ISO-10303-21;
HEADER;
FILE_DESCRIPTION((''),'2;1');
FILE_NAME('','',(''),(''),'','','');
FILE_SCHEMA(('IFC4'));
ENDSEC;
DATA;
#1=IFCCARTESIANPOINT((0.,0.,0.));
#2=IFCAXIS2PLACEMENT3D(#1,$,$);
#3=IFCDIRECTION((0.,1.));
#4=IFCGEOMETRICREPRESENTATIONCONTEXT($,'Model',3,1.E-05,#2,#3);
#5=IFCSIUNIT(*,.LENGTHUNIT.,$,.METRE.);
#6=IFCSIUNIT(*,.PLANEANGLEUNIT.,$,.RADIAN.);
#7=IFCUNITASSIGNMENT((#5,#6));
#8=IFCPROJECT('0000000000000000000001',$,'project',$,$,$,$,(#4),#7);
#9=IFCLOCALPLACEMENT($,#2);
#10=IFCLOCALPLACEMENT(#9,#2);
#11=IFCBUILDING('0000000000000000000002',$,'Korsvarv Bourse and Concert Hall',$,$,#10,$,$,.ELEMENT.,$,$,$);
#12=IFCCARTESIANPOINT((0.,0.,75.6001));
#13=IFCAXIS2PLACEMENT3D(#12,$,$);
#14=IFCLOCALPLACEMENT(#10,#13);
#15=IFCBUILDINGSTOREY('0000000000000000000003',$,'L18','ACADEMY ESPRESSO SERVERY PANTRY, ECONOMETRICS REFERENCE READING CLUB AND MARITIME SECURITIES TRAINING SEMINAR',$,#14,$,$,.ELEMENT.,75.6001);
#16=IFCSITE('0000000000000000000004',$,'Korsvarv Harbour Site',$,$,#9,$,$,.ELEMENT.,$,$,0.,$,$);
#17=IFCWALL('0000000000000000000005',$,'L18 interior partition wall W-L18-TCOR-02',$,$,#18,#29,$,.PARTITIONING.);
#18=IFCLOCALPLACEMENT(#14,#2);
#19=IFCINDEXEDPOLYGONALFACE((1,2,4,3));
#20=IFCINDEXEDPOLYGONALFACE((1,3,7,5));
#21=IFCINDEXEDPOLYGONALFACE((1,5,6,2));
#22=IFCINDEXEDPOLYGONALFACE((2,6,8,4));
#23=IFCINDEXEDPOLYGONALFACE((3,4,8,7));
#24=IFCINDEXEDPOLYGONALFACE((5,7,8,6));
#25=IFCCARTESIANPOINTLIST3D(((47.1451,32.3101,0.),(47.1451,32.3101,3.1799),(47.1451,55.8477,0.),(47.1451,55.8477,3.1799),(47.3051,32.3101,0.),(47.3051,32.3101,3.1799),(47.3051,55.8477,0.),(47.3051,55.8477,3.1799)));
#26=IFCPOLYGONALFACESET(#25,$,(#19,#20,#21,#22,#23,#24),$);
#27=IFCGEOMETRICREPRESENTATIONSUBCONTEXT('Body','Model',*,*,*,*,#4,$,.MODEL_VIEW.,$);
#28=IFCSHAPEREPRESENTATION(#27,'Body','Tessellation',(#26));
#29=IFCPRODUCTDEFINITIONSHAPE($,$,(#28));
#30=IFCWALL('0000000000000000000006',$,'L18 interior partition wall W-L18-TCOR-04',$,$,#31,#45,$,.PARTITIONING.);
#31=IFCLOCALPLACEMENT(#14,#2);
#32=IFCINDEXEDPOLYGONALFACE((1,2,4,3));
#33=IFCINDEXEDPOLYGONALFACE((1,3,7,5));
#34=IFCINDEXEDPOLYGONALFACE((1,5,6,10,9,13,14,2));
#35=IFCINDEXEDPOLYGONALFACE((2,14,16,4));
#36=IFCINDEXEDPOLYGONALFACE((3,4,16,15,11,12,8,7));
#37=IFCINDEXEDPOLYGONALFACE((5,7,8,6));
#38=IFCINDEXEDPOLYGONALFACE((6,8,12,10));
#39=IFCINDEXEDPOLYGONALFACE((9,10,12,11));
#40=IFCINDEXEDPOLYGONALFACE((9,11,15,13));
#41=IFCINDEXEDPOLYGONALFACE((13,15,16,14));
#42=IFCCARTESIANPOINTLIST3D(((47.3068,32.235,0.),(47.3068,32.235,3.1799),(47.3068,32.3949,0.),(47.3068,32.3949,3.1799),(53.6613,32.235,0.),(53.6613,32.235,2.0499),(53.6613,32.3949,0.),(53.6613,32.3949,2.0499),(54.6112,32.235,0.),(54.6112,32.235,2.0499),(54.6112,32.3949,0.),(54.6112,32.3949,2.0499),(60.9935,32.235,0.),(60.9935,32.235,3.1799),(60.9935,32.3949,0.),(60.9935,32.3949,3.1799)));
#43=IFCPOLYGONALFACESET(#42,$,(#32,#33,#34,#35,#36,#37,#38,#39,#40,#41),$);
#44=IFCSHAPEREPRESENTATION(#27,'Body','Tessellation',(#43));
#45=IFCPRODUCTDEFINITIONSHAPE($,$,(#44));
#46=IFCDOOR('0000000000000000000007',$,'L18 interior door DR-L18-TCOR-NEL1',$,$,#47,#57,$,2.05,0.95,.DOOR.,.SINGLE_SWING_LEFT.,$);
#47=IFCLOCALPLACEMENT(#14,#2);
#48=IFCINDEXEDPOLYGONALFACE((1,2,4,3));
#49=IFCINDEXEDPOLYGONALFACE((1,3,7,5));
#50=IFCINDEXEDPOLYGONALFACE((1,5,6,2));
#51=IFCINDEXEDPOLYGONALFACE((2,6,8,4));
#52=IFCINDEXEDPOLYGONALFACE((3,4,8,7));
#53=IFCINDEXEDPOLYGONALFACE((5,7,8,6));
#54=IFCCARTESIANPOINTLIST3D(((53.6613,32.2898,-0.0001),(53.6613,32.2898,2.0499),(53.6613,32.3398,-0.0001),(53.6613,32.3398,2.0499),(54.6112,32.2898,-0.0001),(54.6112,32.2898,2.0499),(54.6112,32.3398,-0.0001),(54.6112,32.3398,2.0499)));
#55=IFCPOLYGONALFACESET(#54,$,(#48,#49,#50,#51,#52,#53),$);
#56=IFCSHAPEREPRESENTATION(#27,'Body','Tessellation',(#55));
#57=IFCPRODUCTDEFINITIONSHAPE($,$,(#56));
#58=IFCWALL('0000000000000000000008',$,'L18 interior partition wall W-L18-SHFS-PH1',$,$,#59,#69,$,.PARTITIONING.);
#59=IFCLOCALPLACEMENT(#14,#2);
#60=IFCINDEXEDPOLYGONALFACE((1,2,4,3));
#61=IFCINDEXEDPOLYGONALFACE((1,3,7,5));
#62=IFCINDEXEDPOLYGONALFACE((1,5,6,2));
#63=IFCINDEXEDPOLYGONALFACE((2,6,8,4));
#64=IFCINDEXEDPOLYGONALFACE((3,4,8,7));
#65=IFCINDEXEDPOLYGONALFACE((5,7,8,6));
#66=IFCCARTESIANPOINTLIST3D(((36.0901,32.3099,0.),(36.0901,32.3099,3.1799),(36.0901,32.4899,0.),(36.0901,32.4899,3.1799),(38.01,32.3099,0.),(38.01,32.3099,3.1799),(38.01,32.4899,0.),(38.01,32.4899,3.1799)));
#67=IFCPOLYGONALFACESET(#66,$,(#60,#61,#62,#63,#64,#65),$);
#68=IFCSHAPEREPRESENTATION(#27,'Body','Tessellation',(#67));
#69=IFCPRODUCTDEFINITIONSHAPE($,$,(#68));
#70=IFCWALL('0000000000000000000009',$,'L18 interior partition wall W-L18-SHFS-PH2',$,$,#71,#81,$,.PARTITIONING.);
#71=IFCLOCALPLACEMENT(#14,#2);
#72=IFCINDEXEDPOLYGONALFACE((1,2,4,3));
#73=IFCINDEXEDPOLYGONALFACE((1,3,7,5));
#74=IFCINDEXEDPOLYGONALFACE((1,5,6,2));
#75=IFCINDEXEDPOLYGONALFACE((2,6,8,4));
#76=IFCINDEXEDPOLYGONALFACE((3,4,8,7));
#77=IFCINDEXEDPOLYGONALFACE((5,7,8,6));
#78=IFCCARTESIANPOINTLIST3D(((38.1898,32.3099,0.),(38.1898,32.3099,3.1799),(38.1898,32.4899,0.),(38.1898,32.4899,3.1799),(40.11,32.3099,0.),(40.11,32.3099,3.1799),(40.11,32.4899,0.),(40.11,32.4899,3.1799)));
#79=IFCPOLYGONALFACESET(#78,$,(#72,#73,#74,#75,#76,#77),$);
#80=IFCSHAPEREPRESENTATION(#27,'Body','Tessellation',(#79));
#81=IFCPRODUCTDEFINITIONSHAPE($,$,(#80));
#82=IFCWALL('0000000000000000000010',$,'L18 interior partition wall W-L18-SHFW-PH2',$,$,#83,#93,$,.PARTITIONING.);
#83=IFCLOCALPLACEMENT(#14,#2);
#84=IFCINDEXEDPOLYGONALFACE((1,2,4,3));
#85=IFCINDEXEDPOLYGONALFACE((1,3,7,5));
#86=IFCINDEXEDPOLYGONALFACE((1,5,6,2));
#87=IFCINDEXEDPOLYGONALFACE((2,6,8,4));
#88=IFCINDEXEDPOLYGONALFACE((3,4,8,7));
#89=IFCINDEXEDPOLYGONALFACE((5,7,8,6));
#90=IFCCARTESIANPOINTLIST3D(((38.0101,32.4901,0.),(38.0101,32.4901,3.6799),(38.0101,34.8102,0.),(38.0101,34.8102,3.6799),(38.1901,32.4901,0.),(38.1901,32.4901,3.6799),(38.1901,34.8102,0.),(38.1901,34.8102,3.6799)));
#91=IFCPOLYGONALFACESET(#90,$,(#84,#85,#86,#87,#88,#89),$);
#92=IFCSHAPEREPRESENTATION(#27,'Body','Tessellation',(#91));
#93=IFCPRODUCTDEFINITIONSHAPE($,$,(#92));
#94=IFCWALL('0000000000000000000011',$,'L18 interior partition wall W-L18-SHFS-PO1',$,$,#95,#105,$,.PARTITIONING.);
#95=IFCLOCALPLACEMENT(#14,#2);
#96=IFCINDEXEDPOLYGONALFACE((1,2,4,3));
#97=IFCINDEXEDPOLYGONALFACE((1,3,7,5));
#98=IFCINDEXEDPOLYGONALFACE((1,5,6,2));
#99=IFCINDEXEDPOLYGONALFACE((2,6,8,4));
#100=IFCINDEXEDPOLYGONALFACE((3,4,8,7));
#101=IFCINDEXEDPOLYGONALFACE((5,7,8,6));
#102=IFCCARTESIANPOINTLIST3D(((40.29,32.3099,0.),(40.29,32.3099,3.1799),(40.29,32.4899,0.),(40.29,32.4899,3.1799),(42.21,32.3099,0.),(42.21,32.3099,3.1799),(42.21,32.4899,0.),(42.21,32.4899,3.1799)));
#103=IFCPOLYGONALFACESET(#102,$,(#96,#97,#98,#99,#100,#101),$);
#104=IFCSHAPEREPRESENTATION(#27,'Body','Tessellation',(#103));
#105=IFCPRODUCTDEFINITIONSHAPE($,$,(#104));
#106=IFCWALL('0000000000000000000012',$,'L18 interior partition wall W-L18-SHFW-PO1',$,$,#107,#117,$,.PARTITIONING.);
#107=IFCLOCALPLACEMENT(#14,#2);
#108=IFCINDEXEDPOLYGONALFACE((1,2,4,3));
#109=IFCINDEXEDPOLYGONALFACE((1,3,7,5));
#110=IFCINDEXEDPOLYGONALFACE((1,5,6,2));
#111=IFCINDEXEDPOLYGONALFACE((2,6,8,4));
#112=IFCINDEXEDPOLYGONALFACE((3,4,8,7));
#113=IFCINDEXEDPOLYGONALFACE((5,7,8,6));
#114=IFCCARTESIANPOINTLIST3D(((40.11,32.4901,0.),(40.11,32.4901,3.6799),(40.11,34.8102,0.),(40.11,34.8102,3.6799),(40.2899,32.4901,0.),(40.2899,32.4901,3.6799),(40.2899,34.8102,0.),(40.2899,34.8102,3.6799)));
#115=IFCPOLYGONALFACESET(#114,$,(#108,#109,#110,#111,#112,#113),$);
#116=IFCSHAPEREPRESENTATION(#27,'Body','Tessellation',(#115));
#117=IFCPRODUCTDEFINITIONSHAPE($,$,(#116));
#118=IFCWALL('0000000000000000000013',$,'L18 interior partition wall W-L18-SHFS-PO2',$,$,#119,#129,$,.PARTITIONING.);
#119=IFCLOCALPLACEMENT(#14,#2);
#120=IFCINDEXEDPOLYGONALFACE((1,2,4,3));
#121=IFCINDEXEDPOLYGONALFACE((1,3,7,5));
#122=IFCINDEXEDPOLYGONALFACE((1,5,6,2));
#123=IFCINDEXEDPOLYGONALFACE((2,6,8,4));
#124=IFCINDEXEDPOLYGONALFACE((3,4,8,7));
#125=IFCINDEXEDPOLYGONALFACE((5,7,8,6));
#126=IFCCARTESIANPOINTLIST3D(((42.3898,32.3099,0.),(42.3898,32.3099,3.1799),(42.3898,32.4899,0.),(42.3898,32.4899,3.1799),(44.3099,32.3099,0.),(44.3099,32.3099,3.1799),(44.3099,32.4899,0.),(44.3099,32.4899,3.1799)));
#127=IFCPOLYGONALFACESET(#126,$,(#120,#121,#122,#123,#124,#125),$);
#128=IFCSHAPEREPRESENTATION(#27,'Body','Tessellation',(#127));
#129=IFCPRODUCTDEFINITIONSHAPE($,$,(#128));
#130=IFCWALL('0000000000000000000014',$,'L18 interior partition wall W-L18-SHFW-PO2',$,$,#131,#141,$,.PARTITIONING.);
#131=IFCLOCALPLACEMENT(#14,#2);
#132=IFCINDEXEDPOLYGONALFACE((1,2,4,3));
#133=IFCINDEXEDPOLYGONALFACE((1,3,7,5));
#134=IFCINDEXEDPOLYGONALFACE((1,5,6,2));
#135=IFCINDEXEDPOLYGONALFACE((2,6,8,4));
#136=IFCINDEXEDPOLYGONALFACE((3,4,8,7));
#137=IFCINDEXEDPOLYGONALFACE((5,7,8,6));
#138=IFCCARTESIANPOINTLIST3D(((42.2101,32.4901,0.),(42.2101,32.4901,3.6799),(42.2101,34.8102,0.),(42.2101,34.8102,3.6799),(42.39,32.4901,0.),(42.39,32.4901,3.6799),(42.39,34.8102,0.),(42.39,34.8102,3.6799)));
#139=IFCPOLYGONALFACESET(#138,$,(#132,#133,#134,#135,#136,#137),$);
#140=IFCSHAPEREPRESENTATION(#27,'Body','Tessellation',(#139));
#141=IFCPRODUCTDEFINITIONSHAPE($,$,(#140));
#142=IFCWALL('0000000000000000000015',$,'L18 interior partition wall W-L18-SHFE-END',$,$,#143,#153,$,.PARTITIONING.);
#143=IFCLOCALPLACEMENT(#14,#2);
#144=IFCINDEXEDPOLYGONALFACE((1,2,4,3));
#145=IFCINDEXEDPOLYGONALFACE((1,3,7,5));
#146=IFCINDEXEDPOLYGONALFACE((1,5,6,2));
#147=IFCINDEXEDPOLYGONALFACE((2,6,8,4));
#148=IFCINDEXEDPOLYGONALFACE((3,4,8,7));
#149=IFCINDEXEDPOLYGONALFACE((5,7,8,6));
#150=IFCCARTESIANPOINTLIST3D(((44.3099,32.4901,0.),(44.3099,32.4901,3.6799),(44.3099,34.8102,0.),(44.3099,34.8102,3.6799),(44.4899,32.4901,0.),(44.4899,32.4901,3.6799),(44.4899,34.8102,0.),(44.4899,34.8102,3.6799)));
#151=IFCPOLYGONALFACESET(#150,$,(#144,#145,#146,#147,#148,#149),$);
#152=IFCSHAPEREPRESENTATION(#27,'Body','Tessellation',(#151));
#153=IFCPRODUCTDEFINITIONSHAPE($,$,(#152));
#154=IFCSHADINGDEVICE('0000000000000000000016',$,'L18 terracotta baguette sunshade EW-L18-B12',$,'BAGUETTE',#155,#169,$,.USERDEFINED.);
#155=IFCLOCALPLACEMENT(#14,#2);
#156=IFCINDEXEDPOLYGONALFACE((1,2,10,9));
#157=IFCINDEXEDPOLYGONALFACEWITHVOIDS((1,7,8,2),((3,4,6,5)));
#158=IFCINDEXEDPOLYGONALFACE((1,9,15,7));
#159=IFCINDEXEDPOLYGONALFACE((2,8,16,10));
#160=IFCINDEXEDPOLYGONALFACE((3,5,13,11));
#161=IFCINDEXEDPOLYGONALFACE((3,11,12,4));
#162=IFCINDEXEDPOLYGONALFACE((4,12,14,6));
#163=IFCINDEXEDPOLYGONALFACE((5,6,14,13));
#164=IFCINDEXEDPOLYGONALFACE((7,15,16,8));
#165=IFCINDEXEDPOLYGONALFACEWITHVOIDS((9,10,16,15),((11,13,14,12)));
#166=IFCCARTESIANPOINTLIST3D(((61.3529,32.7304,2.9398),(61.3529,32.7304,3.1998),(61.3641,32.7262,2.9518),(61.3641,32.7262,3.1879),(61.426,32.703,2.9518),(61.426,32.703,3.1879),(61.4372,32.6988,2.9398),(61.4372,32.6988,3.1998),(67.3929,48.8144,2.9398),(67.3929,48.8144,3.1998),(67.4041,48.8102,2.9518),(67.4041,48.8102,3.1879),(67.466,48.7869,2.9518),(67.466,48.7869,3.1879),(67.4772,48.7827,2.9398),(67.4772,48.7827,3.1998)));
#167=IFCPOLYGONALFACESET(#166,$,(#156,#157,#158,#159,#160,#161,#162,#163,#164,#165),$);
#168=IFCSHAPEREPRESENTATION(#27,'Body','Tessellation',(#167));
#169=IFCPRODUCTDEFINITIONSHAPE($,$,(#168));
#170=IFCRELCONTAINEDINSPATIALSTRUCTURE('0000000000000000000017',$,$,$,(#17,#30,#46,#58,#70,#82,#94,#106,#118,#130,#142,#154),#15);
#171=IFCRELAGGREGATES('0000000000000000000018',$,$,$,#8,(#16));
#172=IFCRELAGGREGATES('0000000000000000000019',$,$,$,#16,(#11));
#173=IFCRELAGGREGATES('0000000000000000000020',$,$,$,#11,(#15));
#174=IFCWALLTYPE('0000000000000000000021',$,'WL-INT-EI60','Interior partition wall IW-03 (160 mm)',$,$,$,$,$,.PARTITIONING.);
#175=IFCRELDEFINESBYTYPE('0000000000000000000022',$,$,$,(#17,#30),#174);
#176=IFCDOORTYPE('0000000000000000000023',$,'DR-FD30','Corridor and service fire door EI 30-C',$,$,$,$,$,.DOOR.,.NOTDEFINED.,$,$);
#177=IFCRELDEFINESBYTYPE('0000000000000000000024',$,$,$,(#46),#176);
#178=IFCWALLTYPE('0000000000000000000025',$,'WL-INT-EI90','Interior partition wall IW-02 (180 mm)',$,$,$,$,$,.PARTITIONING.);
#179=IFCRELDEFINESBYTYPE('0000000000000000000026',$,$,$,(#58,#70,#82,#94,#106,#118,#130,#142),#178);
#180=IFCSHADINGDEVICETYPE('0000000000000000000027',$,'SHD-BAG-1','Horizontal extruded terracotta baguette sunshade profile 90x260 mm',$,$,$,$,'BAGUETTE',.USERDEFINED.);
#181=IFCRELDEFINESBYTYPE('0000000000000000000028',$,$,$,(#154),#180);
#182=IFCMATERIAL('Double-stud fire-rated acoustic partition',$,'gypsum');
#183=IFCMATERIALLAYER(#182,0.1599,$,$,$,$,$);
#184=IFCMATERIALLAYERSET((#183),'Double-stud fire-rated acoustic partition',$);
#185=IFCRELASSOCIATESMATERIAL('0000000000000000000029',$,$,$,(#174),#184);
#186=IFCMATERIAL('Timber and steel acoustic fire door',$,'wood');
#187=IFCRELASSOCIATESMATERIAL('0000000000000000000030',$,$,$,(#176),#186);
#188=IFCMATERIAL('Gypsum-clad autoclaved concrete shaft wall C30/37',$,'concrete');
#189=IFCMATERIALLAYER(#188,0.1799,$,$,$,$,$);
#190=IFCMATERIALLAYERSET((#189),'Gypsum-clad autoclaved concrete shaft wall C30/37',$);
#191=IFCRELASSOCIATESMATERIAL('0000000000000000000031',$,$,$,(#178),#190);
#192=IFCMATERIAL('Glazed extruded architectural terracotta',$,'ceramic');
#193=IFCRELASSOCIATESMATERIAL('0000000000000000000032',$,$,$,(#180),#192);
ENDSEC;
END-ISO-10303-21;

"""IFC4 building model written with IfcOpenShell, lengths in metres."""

from ifc_helpers import new_model, si_unit, direction, frame, frame_2d, origin, origin_2d, place, context, subcontext, project, spatial, rectangle, hollow_rectangle, extrude, source, transform, mapped, material, layer, layer_set, material_profile, profile_set, type_object, element, fill, save


model = new_model("IFC4")

# Units and contexts
model_context = context("Model", 3, precision=1e-05, world=origin(), true_north=direction((0.0, 1.0)))
body_context = subcontext(model_context, "Body", "Model", "MODEL_VIEW")
ifc_project = project(units=[si_unit("LENGTHUNIT", "METRE"), si_unit("PLANEANGLEUNIT", "RADIAN")], contexts=[model_context])

# Site, building, storey
site_placement = place(None, origin())
site = spatial("IfcSite", under=ifc_project, at=site_placement, Name="Korsvarv Harbour Site", CompositionType="ELEMENT", RefElevation=0.0)
building_placement = place(site_placement, origin())
building = spatial("IfcBuilding", under=site, at=building_placement, Name="Korsvarv Bourse and Concert Hall", CompositionType="ELEMENT")
storey_placement = place(building_placement, frame((0.0, 0.0, 75.6001)))
storey = spatial("IfcBuildingStorey", under=building, at=storey_placement, Name="L18", Description="ACADEMY ESPRESSO SERVERY PANTRY, ECONOMETRICS REFERENCE READING CLUB AND MARITIME SECURITIES TRAINING SEMINAR", CompositionType="ELEMENT", Elevation=75.6001)

# Wall
ifc_material_1 = material(Name="Double-stud fire-rated acoustic partition", Category="gypsum")
ifc_layer_1 = layer(ifc_material_1, 0.1599)
ifc_layer_set_1 = layer_set([ifc_layer_1], Name="Double-stud fire-rated acoustic partition")
wall_type_1 = type_object("IfcWallType", Name="WL-INT-EI60", Description="Interior partition wall IW-03 (160 mm)", PredefinedType="PARTITIONING", material=ifc_layer_set_1)
wall_1_placement = place(storey_placement, frame((47.2251, 32.3101, 0.0), z_axis=(0.0, 0.0, 1.0), x_axis=(0.0, 1.0, 0.0)))
element("IfcWall", 1, at=wall_1_placement, inside=storey, type_object=wall_type_1, Name="L18 interior partition wall W-L18-TCOR-02", PredefinedType="PARTITIONING", context=body_context, shape_type="SweptSolid", body=[
    extrude(rectangle(XDim=23.5376, YDim=0.1599, at=frame_2d((11.7688, 0.0))), origin(), (0.0, 0.0, 1.0), 3.1799),
])

# Wall, opening, door
wall_2_placement = place(storey_placement, frame((47.3069, 32.3149, 0.0), z_axis=(0.0, 0.0, 1.0), x_axis=(1.0, 0.0, 0.0)))
wall_2 = element("IfcWall", 2, at=wall_2_placement, inside=storey, type_object=wall_type_1, Name="L18 interior partition wall W-L18-TCOR-04", PredefinedType="PARTITIONING", context=body_context, shape_type="SweptSolid", body=[
    extrude(rectangle(XDim=13.6868, YDim=0.1599, at=frame_2d((6.8433, 0.0))), origin(), (0.0, 0.0, 1.0), 3.1799),
])
opening_placement = place(wall_2_placement, frame((6.3542, 0.0, 0.0)))
opening = element("IfcOpeningElement", 3, at=opening_placement, cuts=wall_2, PredefinedType="OPENING", context=body_context, shape_type="SweptSolid", body=[
    extrude(rectangle(XDim=0.95, YDim=2.05, at=frame_2d((0.4751, 1.0249))), frame((0.0, 0.0898, 0.0), z_axis=(0.0, -1.0, 0.0), x_axis=(1.0, 0.0, 0.0)), (0.0, 0.0, 1.0), 0.1799),
])
ifc_material_2 = material(Name="Timber and steel acoustic fire door", Category="wood")
door_type = type_object("IfcDoorType", Name="DR-FD30", Description="Corridor and service fire door EI 30-C", OperationType="NOTDEFINED", PredefinedType="DOOR", material=ifc_material_2)
door_placement = place(opening_placement, origin())
door = element("IfcDoor", 4, at=door_placement, inside=storey, type_object=door_type, Name="L18 interior door DR-L18-TCOR-NEL1", OperationType="SINGLE_SWING_LEFT", OverallHeight=2.05, OverallWidth=0.95, PredefinedType="DOOR", context=body_context, shape_type="SweptSolid", body=[
    extrude(rectangle(XDim=0.95, YDim=2.05, at=frame_2d((0.4751, 1.0249))), frame((0.0, 0.0249, 0.0), z_axis=(0.0, -1.0, 0.0), x_axis=(1.0, 0.0, 0.0)), (0.0, 0.0, 1.0), 0.05),
])
fill(opening, door)

# Walls
ifc_material_3 = material(Name="Gypsum-clad autoclaved concrete shaft wall C30/37", Category="concrete")
ifc_layer_2 = layer(ifc_material_3, 0.1799)
ifc_layer_set_2 = layer_set([ifc_layer_2], Name="Gypsum-clad autoclaved concrete shaft wall C30/37")
wall_type_2 = type_object("IfcWallType", Name="WL-INT-EI90", Description="Interior partition wall IW-02 (180 mm)", PredefinedType="PARTITIONING", material=ifc_layer_set_2)
wall_3_placement = place(storey_placement, frame((36.0901, 32.3999, 0.0), z_axis=(0.0, 0.0, 1.0), x_axis=(1.0, 0.0, 0.0)))
element("IfcWall", 5, at=wall_3_placement, inside=storey, type_object=wall_type_2, Name="L18 interior partition wall W-L18-SHFS-PH1", PredefinedType="PARTITIONING", context=body_context, shape_type="SweptSolid", body=[
    extrude(rectangle(XDim=1.9199, YDim=0.1799, at=frame_2d((0.96, 0.0))), origin(), (0.0, 0.0, 1.0), 3.1799),
])
wall_4_placement = place(storey_placement, frame((38.1899, 32.3999, 0.0), z_axis=(0.0, 0.0, 1.0), x_axis=(1.0, 0.0, 0.0)))
element("IfcWall", 6, at=wall_4_placement, inside=storey, type_object=wall_type_2, Name="L18 interior partition wall W-L18-SHFS-PH2", PredefinedType="PARTITIONING", context=body_context, shape_type="SweptSolid", body=[
    extrude(rectangle(XDim=1.9202, YDim=0.1799, at=frame_2d((0.96, 0.0))), origin(), (0.0, 0.0, 1.0), 3.1799),
])
wall_5_placement = place(storey_placement, frame((38.1001, 32.49, 0.0), z_axis=(0.0, 0.0, 1.0), x_axis=(0.0, 1.0, 0.0)))
element("IfcWall", 7, at=wall_5_placement, inside=storey, type_object=wall_type_2, Name="L18 interior partition wall W-L18-SHFW-PH2", PredefinedType="PARTITIONING", context=body_context, shape_type="SweptSolid", body=[
    extrude(rectangle(XDim=2.3201, YDim=0.1799, at=frame_2d((1.1602, 0.0))), origin(), (0.0, 0.0, 1.0), 3.6799),
])
wall_6_placement = place(storey_placement, frame((40.29, 32.3999, 0.0), z_axis=(0.0, 0.0, 1.0), x_axis=(1.0, 0.0, 0.0)))
element("IfcWall", 8, at=wall_6_placement, inside=storey, type_object=wall_type_2, Name="L18 interior partition wall W-L18-SHFS-PO1", PredefinedType="PARTITIONING", context=body_context, shape_type="SweptSolid", body=[
    extrude(rectangle(XDim=1.9199, YDim=0.1799, at=frame_2d((0.96, 0.0))), origin(), (0.0, 0.0, 1.0), 3.1799),
])
wall_7_placement = place(storey_placement, frame((40.2, 32.49, 0.0), z_axis=(0.0, 0.0, 1.0), x_axis=(0.0, 1.0, 0.0)))
element("IfcWall", 9, at=wall_7_placement, inside=storey, type_object=wall_type_2, Name="L18 interior partition wall W-L18-SHFW-PO1", PredefinedType="PARTITIONING", context=body_context, shape_type="SweptSolid", body=[
    extrude(rectangle(XDim=2.3201, YDim=0.1799, at=frame_2d((1.1602, 0.0))), origin(), (0.0, 0.0, 1.0), 3.6799),
])
wall_8_placement = place(storey_placement, frame((42.3899, 32.3999, 0.0), z_axis=(0.0, 0.0, 1.0), x_axis=(1.0, 0.0, 0.0)))
element("IfcWall", 10, at=wall_8_placement, inside=storey, type_object=wall_type_2, Name="L18 interior partition wall W-L18-SHFS-PO2", PredefinedType="PARTITIONING", context=body_context, shape_type="SweptSolid", body=[
    extrude(rectangle(XDim=1.9202, YDim=0.1799, at=frame_2d((0.96, 0.0))), origin(), (0.0, 0.0, 1.0), 3.1799),
])
for number, where, z_axis, x_axis, name in (
    (11, (42.3, 32.49, 0.0), (0.0, 0.0, 1.0), (0.0, 1.0, 0.0), "L18 interior partition wall W-L18-SHFW-PO2"),
    (12, (44.3999, 32.49, 0.0), (0.0, 0.0, 1.0), (0.0, 1.0, 0.0), "L18 interior partition wall W-L18-SHFE-END"),
):
    element("IfcWall", number, at=place(storey_placement, frame(where, z_axis=z_axis, x_axis=x_axis)), inside=storey, type_object=wall_type_2, Name=name, PredefinedType="PARTITIONING", context=body_context, shape_type="SweptSolid", body=[
        extrude(rectangle(XDim=2.3201, YDim=0.1799, at=frame_2d((1.1602, 0.0))), origin(), (0.0, 0.0, 1.0), 3.6799),
    ])

# Shading device
ifc_material_4 = material(Name="Glazed extruded architectural terracotta", Category="ceramic")
ifc_material_profile_1 = material_profile(ifc_material_4, hollow_rectangle(XDim=0.0901, YDim=0.26, WallThickness=0.012, at=origin_2d()), Name="TC-BAG 90x260")
ifc_profile_set_1 = profile_set([ifc_material_profile_1], Name="Glazed extruded architectural terracotta")
shading_device_type = type_object("IfcShadingDeviceType", Name="SHD-BAG-1", Description="Horizontal extruded terracotta baguette sunshade profile 90x260 mm", ElementType="BAGUETTE", PredefinedType="USERDEFINED", material=ifc_profile_set_1)
shared_shape_1 = source(origin(), body_context, "Body", "SweptSolid", [
    extrude(hollow_rectangle(XDim=0.0901, YDim=0.26, WallThickness=0.012, at=origin_2d()), origin(), (0.0, 0.0, 1.0), 17.1807),
])
shading_device_placement = place(storey_placement, frame((61.395, 32.7146, 3.0698), z_axis=(0.351559, 0.936166, 0.0), x_axis=(-0.936166, 0.351559, 0.0)))
element("IfcShadingDevice", 13, at=shading_device_placement, inside=storey, type_object=shading_device_type, Name="L18 terracotta baguette sunshade EW-L18-B12", ObjectType="BAGUETTE", PredefinedType="USERDEFINED", context=body_context, shape_type="MappedRepresentation", body=[
    mapped(shared_shape_1, transform((0.0, 0.0, 0.0), scale=1.0)),
])

save(model, "model.ifc")
